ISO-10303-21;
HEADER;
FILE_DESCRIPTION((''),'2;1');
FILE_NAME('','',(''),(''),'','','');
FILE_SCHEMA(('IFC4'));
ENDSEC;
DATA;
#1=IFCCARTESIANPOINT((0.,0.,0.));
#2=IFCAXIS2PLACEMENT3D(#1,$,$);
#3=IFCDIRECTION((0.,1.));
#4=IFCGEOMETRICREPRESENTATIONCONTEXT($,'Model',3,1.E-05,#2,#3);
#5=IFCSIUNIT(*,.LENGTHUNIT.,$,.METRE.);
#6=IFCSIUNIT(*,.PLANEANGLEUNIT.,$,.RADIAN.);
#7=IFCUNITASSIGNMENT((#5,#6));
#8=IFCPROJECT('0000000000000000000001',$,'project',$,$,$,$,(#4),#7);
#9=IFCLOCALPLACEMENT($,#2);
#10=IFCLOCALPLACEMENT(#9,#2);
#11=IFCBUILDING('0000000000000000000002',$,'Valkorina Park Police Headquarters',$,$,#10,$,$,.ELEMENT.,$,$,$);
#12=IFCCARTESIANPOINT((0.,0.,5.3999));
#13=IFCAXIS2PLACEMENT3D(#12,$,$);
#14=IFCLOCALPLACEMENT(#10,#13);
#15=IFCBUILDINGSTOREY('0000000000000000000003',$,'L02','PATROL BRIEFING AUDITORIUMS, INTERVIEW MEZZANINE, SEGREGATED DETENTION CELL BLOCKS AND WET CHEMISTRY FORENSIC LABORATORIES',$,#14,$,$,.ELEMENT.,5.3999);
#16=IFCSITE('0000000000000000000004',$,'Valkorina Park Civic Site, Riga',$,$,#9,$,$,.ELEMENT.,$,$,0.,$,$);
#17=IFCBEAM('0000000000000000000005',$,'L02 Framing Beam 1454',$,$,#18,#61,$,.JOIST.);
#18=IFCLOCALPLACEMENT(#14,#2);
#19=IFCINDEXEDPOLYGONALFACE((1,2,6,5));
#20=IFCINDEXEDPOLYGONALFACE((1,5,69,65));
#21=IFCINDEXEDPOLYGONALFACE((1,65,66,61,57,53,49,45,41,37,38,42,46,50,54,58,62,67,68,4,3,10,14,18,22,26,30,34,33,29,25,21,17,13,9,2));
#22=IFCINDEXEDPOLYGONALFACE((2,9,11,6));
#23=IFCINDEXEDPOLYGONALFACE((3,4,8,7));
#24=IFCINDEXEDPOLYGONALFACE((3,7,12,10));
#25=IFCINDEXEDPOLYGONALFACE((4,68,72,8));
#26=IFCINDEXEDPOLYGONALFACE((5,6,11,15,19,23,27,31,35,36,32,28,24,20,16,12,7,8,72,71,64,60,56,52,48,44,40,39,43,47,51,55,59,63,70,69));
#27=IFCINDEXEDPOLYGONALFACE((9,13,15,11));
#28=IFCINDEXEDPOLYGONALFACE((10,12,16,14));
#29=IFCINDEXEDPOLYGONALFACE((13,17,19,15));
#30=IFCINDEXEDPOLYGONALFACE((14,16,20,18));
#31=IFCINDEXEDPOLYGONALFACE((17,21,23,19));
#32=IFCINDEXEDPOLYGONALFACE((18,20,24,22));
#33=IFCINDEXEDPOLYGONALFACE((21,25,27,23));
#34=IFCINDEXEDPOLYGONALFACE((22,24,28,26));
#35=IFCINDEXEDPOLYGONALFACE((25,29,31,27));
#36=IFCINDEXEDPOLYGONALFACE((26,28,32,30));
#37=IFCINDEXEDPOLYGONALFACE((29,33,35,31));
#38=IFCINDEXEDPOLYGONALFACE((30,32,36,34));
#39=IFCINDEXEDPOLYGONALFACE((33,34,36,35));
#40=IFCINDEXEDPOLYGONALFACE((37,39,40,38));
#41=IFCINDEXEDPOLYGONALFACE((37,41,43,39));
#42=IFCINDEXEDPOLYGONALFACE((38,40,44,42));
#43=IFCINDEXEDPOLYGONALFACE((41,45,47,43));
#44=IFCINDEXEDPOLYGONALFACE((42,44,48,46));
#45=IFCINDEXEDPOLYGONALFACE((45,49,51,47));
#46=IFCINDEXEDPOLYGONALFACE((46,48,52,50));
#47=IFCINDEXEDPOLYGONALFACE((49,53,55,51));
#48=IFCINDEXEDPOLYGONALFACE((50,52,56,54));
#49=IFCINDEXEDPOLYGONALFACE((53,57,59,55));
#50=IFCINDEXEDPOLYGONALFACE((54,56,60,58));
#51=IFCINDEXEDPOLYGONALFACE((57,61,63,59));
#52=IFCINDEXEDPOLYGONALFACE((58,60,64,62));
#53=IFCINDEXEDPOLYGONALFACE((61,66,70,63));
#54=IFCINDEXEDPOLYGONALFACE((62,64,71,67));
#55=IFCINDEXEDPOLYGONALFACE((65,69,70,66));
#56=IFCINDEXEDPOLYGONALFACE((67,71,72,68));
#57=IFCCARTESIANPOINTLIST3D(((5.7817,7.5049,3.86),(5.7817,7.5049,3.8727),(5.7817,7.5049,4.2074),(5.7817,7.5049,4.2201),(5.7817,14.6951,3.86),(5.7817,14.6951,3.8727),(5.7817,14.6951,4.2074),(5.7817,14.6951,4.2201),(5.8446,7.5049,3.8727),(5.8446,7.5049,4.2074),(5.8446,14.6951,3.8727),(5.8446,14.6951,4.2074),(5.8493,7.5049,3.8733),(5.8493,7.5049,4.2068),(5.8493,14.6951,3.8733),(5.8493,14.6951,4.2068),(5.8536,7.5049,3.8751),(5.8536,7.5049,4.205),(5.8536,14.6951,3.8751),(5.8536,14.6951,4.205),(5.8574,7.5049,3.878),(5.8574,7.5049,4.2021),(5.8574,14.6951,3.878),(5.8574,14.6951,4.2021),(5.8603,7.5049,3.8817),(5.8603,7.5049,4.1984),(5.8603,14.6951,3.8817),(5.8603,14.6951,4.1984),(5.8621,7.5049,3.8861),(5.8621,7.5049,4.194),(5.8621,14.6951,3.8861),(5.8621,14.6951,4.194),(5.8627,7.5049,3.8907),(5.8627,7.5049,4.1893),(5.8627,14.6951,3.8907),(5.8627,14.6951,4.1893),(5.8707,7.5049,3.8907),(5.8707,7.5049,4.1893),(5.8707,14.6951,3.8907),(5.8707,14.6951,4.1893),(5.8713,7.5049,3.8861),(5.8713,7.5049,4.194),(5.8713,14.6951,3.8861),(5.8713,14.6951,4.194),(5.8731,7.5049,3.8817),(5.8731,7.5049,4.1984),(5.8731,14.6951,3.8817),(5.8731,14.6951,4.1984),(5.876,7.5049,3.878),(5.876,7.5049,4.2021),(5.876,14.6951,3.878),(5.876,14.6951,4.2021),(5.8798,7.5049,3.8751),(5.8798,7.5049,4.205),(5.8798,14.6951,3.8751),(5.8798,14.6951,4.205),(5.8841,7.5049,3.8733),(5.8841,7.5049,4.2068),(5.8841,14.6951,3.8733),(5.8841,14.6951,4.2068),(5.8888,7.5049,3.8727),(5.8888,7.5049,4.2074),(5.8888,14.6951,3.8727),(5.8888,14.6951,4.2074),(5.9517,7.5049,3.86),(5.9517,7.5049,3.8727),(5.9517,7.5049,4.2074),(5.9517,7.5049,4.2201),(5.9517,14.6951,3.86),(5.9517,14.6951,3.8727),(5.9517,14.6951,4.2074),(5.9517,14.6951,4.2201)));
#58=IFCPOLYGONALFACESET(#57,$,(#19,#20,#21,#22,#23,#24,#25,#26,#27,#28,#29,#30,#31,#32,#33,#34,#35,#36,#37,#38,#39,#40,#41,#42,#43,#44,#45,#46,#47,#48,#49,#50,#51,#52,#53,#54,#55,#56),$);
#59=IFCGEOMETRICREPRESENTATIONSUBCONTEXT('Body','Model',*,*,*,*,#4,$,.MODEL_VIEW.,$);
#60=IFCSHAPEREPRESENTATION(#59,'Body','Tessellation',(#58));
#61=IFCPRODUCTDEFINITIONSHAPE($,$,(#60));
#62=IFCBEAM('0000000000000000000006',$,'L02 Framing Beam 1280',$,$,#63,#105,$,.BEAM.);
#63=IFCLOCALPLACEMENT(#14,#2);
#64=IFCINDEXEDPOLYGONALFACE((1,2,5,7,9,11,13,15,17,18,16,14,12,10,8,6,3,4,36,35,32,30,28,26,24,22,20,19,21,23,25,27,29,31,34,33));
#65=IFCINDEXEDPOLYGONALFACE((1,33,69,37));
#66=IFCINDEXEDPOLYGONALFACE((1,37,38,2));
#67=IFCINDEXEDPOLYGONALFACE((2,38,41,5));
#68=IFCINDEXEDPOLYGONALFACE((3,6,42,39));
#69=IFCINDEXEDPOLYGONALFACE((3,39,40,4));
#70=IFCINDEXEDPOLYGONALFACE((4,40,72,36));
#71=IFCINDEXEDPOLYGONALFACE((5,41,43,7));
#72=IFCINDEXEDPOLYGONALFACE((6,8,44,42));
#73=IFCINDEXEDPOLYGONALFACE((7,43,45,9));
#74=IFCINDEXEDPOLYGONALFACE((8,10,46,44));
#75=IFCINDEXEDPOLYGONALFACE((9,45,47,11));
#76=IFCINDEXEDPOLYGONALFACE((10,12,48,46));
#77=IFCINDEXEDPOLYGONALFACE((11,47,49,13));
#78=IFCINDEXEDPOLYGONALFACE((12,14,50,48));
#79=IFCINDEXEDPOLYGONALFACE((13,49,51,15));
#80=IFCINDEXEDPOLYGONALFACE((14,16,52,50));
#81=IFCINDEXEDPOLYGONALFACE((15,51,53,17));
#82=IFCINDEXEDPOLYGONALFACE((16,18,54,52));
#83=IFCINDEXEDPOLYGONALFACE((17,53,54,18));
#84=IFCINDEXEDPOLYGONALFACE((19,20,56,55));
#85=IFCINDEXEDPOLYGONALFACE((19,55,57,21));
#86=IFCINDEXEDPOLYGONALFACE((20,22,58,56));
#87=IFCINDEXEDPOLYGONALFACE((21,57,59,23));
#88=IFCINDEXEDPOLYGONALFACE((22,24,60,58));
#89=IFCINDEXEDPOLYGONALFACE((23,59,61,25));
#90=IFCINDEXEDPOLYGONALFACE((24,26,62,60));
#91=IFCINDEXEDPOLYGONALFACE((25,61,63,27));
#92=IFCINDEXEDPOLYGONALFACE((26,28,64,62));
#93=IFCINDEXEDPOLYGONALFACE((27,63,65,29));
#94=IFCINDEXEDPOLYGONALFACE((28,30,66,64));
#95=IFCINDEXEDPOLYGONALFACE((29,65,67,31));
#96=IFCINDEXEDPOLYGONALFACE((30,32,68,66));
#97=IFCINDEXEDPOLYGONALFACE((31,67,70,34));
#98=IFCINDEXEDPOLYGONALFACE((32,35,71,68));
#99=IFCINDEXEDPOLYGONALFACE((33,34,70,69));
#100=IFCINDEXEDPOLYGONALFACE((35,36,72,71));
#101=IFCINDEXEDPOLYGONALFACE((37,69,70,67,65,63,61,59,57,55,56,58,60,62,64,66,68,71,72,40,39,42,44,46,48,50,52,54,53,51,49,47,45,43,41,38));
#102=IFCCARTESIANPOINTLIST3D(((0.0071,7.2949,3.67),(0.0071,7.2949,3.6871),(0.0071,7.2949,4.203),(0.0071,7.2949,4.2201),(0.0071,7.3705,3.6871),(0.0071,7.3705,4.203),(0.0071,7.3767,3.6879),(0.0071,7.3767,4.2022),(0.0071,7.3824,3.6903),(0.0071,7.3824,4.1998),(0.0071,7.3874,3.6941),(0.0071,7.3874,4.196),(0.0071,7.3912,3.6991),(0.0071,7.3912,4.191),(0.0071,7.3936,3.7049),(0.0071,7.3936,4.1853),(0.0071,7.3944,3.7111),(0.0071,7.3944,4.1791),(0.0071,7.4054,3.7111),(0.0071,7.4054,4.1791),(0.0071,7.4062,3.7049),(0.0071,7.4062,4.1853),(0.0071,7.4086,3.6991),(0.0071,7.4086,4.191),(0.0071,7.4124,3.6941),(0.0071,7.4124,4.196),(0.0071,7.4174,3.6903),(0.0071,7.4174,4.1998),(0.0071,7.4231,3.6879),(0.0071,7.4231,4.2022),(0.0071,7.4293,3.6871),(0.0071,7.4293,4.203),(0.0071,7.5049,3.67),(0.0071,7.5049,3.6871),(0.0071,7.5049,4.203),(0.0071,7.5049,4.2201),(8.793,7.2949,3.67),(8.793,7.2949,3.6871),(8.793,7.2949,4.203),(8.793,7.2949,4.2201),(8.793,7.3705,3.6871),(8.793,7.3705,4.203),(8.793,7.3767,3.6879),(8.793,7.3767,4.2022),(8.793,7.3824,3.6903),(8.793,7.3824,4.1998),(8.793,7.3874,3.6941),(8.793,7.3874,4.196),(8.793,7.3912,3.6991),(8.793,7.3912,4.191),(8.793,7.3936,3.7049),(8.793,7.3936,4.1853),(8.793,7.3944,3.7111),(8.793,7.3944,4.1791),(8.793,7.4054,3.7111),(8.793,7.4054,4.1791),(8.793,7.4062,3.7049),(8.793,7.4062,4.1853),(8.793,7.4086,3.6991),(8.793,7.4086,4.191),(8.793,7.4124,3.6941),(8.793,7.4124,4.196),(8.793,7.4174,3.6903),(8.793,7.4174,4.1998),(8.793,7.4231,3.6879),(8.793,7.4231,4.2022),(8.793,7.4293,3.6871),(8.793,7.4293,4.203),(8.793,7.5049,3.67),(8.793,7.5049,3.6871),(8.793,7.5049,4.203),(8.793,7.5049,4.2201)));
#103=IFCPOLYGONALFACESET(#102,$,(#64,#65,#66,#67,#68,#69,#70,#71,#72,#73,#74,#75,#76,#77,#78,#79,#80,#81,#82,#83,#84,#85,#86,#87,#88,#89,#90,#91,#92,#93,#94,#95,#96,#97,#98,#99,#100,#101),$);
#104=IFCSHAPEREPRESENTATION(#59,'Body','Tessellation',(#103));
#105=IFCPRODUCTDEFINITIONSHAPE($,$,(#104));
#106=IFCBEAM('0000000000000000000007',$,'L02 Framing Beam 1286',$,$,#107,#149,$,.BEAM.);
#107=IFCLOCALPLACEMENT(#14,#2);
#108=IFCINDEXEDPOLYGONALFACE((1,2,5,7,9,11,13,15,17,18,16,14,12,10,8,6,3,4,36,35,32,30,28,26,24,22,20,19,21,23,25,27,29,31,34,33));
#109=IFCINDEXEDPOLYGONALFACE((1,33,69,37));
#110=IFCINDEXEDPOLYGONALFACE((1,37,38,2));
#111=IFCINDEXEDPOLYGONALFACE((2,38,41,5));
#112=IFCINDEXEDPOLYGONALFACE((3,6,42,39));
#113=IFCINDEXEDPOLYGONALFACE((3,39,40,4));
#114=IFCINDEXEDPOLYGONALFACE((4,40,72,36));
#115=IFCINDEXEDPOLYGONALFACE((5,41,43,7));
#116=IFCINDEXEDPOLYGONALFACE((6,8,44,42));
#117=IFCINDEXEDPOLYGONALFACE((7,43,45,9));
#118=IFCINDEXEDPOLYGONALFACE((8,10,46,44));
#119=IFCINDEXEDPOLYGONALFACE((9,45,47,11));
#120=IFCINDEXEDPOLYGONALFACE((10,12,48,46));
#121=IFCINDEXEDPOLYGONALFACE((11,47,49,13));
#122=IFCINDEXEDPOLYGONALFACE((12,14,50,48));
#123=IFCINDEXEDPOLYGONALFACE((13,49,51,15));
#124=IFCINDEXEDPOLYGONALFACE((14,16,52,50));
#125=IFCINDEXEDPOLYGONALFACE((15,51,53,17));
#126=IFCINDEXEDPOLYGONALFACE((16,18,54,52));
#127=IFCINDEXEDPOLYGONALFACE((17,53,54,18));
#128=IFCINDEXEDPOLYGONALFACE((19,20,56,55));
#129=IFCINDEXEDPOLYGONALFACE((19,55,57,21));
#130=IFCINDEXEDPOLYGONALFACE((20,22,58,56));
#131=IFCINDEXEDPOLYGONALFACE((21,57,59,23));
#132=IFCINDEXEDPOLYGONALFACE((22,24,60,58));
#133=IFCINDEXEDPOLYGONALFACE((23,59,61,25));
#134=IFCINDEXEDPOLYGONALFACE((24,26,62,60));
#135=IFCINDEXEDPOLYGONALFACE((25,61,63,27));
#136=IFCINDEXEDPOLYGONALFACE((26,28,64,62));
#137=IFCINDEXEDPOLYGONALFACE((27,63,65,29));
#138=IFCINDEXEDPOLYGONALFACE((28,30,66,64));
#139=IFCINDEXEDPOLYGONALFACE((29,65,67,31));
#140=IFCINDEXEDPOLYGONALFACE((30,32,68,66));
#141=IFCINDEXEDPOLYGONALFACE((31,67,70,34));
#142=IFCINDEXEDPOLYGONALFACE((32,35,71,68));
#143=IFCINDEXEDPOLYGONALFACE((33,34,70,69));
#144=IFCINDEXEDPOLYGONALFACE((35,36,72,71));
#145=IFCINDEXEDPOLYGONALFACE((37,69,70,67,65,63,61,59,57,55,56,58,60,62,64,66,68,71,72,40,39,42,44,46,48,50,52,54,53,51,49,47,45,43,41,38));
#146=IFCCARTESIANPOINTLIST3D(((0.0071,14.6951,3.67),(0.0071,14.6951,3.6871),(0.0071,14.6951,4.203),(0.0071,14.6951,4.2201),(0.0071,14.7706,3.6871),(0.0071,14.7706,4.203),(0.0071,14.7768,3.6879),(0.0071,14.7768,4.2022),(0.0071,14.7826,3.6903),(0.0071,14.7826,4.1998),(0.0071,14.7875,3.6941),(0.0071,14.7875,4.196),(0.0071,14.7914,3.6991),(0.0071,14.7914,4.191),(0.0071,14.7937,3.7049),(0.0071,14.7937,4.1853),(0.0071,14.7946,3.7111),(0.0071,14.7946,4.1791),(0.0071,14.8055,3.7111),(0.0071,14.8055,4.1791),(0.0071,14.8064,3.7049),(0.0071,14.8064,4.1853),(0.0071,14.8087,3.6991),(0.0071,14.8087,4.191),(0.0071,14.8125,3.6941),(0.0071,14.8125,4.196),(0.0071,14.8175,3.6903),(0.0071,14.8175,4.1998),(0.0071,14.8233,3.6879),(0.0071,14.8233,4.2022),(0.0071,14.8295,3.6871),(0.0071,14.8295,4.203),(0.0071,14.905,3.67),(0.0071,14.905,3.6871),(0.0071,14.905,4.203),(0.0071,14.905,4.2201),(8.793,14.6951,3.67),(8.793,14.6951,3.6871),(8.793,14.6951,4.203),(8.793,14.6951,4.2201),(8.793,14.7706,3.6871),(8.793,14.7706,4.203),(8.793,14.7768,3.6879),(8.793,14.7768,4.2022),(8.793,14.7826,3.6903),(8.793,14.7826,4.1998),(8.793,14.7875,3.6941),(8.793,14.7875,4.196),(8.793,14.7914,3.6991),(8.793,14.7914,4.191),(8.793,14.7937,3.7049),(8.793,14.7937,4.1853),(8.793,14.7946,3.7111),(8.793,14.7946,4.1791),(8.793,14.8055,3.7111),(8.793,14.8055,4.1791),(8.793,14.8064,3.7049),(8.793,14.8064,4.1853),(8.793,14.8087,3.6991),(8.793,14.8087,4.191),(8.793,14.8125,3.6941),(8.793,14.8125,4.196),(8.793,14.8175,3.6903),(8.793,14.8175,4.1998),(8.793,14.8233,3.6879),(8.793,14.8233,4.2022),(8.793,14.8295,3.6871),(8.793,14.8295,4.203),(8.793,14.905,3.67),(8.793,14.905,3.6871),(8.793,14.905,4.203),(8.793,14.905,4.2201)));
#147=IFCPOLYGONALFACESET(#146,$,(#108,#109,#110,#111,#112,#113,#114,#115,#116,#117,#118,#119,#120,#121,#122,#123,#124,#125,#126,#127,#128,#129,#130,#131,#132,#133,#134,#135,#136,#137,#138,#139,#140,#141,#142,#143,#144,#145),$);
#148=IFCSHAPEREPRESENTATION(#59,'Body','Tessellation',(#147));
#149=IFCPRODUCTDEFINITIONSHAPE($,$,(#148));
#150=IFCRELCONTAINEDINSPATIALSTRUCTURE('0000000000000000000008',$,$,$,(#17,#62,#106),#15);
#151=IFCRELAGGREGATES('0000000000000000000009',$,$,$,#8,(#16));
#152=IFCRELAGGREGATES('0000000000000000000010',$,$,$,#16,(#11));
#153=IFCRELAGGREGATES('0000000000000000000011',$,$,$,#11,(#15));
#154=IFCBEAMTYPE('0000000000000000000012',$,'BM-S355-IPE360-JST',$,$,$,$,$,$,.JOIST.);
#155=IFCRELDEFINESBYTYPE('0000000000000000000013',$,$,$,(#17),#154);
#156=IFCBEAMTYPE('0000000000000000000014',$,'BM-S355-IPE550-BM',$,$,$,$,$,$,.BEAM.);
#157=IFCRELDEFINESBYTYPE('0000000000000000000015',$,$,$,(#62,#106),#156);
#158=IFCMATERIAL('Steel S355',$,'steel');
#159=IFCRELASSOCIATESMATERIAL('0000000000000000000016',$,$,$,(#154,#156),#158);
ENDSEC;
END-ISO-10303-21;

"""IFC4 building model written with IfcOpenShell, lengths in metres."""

from ifc_helpers import new_model, si_unit, direction, frame, origin, origin_2d, place, context, subcontext, project, spatial, i_section, extrude, material, material_profile, profile_set, type_object, element, save


model = new_model("IFC4")

# Units and contexts
model_context = context("Model", 3, precision=1e-05, world=origin(), true_north=direction((0.0, 1.0)))
body_context = subcontext(model_context, "Body", "Model", "MODEL_VIEW")
ifc_project = project(units=[si_unit("LENGTHUNIT", "METRE"), si_unit("PLANEANGLEUNIT", "RADIAN")], contexts=[model_context])

# Site, building, storey
site_placement = place(None, origin())
site = spatial("IfcSite", under=ifc_project, at=site_placement, Name="Valkorina Park Civic Site, Riga", CompositionType="ELEMENT", RefElevation=0.0)
building_placement = place(site_placement, origin())
building = spatial("IfcBuilding", under=site, at=building_placement, Name="Valkorina Park Police Headquarters", CompositionType="ELEMENT")
storey_placement = place(building_placement, frame((0.0, 0.0, 5.3999)))
storey = spatial("IfcBuildingStorey", under=building, at=storey_placement, Name="L02", Description="PATROL BRIEFING AUDITORIUMS, INTERVIEW MEZZANINE, SEGREGATED DETENTION CELL BLOCKS AND WET CHEMISTRY FORENSIC LABORATORIES", CompositionType="ELEMENT", Elevation=5.3999)

# Shared definitions
ifc_material_1 = material(Name="Steel S355", Category="steel")

# Beams
ifc_material_profile_1 = material_profile(ifc_material_1, i_section(OverallWidth=0.1699, OverallDepth=0.3601, WebThickness=0.0081, FlangeThickness=0.0127, FilletRadius=0.0181, at=origin_2d()), Name="IPE 360")
ifc_profile_set_1 = profile_set([ifc_material_profile_1], Name="Steel S355")
beam_type_1 = type_object("IfcBeamType", Name="BM-S355-IPE360-JST", PredefinedType="JOIST", material=ifc_profile_set_1)
for number, where, z_axis, x_axis, name in (
    (1, (5.8667, 7.5049, 4.04), (0.0, 1.0, 0.0), (-1.0, 0.0, 0.0), "L02 Framing Beam 1454"),
):
    element("IfcBeam", number, at=place(storey_placement, frame(where, z_axis=z_axis, x_axis=x_axis)), inside=storey, type_object=beam_type_1, Name=name, PredefinedType="JOIST", context=body_context, shape_type="SweptSolid", body=[
        extrude(i_section(OverallWidth=0.1699, OverallDepth=0.3601, WebThickness=0.0081, FlangeThickness=0.0127, FilletRadius=0.0181, at=origin_2d()), origin(), (0.0, 0.0, 1.0), 7.1902),
    ])
ifc_material_profile_2 = material_profile(ifc_material_1, i_section(OverallWidth=0.21, OverallDepth=0.55, WebThickness=0.011, FlangeThickness=0.0171, FilletRadius=0.0239, at=origin_2d()), Name="IPE 550")
ifc_profile_set_2 = profile_set([ifc_material_profile_2], Name="Steel S355")
beam_type_2 = type_object("IfcBeamType", Name="BM-S355-IPE550-BM", PredefinedType="BEAM", material=ifc_profile_set_2)
for number, where, z_axis, x_axis, name in (
    (2, (0.0071, 7.3999, 3.9451), (1.0, 0.0, 0.0), (0.0, 1.0, 0.0), "L02 Framing Beam 1280"),
    (3, (0.0071, 14.8, 3.9451), (1.0, 0.0, 0.0), (0.0, 1.0, 0.0), "L02 Framing Beam 1286"),
):
    element("IfcBeam", number, at=place(storey_placement, frame(where, z_axis=z_axis, x_axis=x_axis)), inside=storey, type_object=beam_type_2, Name=name, PredefinedType="BEAM", context=body_context, shape_type="SweptSolid", body=[
        extrude(i_section(OverallWidth=0.21, OverallDepth=0.55, WebThickness=0.011, FlangeThickness=0.0171, FilletRadius=0.0239, at=origin_2d()), origin(), (0.0, 0.0, 1.0), 8.7859),
    ])

save(model, "model.ifc")
